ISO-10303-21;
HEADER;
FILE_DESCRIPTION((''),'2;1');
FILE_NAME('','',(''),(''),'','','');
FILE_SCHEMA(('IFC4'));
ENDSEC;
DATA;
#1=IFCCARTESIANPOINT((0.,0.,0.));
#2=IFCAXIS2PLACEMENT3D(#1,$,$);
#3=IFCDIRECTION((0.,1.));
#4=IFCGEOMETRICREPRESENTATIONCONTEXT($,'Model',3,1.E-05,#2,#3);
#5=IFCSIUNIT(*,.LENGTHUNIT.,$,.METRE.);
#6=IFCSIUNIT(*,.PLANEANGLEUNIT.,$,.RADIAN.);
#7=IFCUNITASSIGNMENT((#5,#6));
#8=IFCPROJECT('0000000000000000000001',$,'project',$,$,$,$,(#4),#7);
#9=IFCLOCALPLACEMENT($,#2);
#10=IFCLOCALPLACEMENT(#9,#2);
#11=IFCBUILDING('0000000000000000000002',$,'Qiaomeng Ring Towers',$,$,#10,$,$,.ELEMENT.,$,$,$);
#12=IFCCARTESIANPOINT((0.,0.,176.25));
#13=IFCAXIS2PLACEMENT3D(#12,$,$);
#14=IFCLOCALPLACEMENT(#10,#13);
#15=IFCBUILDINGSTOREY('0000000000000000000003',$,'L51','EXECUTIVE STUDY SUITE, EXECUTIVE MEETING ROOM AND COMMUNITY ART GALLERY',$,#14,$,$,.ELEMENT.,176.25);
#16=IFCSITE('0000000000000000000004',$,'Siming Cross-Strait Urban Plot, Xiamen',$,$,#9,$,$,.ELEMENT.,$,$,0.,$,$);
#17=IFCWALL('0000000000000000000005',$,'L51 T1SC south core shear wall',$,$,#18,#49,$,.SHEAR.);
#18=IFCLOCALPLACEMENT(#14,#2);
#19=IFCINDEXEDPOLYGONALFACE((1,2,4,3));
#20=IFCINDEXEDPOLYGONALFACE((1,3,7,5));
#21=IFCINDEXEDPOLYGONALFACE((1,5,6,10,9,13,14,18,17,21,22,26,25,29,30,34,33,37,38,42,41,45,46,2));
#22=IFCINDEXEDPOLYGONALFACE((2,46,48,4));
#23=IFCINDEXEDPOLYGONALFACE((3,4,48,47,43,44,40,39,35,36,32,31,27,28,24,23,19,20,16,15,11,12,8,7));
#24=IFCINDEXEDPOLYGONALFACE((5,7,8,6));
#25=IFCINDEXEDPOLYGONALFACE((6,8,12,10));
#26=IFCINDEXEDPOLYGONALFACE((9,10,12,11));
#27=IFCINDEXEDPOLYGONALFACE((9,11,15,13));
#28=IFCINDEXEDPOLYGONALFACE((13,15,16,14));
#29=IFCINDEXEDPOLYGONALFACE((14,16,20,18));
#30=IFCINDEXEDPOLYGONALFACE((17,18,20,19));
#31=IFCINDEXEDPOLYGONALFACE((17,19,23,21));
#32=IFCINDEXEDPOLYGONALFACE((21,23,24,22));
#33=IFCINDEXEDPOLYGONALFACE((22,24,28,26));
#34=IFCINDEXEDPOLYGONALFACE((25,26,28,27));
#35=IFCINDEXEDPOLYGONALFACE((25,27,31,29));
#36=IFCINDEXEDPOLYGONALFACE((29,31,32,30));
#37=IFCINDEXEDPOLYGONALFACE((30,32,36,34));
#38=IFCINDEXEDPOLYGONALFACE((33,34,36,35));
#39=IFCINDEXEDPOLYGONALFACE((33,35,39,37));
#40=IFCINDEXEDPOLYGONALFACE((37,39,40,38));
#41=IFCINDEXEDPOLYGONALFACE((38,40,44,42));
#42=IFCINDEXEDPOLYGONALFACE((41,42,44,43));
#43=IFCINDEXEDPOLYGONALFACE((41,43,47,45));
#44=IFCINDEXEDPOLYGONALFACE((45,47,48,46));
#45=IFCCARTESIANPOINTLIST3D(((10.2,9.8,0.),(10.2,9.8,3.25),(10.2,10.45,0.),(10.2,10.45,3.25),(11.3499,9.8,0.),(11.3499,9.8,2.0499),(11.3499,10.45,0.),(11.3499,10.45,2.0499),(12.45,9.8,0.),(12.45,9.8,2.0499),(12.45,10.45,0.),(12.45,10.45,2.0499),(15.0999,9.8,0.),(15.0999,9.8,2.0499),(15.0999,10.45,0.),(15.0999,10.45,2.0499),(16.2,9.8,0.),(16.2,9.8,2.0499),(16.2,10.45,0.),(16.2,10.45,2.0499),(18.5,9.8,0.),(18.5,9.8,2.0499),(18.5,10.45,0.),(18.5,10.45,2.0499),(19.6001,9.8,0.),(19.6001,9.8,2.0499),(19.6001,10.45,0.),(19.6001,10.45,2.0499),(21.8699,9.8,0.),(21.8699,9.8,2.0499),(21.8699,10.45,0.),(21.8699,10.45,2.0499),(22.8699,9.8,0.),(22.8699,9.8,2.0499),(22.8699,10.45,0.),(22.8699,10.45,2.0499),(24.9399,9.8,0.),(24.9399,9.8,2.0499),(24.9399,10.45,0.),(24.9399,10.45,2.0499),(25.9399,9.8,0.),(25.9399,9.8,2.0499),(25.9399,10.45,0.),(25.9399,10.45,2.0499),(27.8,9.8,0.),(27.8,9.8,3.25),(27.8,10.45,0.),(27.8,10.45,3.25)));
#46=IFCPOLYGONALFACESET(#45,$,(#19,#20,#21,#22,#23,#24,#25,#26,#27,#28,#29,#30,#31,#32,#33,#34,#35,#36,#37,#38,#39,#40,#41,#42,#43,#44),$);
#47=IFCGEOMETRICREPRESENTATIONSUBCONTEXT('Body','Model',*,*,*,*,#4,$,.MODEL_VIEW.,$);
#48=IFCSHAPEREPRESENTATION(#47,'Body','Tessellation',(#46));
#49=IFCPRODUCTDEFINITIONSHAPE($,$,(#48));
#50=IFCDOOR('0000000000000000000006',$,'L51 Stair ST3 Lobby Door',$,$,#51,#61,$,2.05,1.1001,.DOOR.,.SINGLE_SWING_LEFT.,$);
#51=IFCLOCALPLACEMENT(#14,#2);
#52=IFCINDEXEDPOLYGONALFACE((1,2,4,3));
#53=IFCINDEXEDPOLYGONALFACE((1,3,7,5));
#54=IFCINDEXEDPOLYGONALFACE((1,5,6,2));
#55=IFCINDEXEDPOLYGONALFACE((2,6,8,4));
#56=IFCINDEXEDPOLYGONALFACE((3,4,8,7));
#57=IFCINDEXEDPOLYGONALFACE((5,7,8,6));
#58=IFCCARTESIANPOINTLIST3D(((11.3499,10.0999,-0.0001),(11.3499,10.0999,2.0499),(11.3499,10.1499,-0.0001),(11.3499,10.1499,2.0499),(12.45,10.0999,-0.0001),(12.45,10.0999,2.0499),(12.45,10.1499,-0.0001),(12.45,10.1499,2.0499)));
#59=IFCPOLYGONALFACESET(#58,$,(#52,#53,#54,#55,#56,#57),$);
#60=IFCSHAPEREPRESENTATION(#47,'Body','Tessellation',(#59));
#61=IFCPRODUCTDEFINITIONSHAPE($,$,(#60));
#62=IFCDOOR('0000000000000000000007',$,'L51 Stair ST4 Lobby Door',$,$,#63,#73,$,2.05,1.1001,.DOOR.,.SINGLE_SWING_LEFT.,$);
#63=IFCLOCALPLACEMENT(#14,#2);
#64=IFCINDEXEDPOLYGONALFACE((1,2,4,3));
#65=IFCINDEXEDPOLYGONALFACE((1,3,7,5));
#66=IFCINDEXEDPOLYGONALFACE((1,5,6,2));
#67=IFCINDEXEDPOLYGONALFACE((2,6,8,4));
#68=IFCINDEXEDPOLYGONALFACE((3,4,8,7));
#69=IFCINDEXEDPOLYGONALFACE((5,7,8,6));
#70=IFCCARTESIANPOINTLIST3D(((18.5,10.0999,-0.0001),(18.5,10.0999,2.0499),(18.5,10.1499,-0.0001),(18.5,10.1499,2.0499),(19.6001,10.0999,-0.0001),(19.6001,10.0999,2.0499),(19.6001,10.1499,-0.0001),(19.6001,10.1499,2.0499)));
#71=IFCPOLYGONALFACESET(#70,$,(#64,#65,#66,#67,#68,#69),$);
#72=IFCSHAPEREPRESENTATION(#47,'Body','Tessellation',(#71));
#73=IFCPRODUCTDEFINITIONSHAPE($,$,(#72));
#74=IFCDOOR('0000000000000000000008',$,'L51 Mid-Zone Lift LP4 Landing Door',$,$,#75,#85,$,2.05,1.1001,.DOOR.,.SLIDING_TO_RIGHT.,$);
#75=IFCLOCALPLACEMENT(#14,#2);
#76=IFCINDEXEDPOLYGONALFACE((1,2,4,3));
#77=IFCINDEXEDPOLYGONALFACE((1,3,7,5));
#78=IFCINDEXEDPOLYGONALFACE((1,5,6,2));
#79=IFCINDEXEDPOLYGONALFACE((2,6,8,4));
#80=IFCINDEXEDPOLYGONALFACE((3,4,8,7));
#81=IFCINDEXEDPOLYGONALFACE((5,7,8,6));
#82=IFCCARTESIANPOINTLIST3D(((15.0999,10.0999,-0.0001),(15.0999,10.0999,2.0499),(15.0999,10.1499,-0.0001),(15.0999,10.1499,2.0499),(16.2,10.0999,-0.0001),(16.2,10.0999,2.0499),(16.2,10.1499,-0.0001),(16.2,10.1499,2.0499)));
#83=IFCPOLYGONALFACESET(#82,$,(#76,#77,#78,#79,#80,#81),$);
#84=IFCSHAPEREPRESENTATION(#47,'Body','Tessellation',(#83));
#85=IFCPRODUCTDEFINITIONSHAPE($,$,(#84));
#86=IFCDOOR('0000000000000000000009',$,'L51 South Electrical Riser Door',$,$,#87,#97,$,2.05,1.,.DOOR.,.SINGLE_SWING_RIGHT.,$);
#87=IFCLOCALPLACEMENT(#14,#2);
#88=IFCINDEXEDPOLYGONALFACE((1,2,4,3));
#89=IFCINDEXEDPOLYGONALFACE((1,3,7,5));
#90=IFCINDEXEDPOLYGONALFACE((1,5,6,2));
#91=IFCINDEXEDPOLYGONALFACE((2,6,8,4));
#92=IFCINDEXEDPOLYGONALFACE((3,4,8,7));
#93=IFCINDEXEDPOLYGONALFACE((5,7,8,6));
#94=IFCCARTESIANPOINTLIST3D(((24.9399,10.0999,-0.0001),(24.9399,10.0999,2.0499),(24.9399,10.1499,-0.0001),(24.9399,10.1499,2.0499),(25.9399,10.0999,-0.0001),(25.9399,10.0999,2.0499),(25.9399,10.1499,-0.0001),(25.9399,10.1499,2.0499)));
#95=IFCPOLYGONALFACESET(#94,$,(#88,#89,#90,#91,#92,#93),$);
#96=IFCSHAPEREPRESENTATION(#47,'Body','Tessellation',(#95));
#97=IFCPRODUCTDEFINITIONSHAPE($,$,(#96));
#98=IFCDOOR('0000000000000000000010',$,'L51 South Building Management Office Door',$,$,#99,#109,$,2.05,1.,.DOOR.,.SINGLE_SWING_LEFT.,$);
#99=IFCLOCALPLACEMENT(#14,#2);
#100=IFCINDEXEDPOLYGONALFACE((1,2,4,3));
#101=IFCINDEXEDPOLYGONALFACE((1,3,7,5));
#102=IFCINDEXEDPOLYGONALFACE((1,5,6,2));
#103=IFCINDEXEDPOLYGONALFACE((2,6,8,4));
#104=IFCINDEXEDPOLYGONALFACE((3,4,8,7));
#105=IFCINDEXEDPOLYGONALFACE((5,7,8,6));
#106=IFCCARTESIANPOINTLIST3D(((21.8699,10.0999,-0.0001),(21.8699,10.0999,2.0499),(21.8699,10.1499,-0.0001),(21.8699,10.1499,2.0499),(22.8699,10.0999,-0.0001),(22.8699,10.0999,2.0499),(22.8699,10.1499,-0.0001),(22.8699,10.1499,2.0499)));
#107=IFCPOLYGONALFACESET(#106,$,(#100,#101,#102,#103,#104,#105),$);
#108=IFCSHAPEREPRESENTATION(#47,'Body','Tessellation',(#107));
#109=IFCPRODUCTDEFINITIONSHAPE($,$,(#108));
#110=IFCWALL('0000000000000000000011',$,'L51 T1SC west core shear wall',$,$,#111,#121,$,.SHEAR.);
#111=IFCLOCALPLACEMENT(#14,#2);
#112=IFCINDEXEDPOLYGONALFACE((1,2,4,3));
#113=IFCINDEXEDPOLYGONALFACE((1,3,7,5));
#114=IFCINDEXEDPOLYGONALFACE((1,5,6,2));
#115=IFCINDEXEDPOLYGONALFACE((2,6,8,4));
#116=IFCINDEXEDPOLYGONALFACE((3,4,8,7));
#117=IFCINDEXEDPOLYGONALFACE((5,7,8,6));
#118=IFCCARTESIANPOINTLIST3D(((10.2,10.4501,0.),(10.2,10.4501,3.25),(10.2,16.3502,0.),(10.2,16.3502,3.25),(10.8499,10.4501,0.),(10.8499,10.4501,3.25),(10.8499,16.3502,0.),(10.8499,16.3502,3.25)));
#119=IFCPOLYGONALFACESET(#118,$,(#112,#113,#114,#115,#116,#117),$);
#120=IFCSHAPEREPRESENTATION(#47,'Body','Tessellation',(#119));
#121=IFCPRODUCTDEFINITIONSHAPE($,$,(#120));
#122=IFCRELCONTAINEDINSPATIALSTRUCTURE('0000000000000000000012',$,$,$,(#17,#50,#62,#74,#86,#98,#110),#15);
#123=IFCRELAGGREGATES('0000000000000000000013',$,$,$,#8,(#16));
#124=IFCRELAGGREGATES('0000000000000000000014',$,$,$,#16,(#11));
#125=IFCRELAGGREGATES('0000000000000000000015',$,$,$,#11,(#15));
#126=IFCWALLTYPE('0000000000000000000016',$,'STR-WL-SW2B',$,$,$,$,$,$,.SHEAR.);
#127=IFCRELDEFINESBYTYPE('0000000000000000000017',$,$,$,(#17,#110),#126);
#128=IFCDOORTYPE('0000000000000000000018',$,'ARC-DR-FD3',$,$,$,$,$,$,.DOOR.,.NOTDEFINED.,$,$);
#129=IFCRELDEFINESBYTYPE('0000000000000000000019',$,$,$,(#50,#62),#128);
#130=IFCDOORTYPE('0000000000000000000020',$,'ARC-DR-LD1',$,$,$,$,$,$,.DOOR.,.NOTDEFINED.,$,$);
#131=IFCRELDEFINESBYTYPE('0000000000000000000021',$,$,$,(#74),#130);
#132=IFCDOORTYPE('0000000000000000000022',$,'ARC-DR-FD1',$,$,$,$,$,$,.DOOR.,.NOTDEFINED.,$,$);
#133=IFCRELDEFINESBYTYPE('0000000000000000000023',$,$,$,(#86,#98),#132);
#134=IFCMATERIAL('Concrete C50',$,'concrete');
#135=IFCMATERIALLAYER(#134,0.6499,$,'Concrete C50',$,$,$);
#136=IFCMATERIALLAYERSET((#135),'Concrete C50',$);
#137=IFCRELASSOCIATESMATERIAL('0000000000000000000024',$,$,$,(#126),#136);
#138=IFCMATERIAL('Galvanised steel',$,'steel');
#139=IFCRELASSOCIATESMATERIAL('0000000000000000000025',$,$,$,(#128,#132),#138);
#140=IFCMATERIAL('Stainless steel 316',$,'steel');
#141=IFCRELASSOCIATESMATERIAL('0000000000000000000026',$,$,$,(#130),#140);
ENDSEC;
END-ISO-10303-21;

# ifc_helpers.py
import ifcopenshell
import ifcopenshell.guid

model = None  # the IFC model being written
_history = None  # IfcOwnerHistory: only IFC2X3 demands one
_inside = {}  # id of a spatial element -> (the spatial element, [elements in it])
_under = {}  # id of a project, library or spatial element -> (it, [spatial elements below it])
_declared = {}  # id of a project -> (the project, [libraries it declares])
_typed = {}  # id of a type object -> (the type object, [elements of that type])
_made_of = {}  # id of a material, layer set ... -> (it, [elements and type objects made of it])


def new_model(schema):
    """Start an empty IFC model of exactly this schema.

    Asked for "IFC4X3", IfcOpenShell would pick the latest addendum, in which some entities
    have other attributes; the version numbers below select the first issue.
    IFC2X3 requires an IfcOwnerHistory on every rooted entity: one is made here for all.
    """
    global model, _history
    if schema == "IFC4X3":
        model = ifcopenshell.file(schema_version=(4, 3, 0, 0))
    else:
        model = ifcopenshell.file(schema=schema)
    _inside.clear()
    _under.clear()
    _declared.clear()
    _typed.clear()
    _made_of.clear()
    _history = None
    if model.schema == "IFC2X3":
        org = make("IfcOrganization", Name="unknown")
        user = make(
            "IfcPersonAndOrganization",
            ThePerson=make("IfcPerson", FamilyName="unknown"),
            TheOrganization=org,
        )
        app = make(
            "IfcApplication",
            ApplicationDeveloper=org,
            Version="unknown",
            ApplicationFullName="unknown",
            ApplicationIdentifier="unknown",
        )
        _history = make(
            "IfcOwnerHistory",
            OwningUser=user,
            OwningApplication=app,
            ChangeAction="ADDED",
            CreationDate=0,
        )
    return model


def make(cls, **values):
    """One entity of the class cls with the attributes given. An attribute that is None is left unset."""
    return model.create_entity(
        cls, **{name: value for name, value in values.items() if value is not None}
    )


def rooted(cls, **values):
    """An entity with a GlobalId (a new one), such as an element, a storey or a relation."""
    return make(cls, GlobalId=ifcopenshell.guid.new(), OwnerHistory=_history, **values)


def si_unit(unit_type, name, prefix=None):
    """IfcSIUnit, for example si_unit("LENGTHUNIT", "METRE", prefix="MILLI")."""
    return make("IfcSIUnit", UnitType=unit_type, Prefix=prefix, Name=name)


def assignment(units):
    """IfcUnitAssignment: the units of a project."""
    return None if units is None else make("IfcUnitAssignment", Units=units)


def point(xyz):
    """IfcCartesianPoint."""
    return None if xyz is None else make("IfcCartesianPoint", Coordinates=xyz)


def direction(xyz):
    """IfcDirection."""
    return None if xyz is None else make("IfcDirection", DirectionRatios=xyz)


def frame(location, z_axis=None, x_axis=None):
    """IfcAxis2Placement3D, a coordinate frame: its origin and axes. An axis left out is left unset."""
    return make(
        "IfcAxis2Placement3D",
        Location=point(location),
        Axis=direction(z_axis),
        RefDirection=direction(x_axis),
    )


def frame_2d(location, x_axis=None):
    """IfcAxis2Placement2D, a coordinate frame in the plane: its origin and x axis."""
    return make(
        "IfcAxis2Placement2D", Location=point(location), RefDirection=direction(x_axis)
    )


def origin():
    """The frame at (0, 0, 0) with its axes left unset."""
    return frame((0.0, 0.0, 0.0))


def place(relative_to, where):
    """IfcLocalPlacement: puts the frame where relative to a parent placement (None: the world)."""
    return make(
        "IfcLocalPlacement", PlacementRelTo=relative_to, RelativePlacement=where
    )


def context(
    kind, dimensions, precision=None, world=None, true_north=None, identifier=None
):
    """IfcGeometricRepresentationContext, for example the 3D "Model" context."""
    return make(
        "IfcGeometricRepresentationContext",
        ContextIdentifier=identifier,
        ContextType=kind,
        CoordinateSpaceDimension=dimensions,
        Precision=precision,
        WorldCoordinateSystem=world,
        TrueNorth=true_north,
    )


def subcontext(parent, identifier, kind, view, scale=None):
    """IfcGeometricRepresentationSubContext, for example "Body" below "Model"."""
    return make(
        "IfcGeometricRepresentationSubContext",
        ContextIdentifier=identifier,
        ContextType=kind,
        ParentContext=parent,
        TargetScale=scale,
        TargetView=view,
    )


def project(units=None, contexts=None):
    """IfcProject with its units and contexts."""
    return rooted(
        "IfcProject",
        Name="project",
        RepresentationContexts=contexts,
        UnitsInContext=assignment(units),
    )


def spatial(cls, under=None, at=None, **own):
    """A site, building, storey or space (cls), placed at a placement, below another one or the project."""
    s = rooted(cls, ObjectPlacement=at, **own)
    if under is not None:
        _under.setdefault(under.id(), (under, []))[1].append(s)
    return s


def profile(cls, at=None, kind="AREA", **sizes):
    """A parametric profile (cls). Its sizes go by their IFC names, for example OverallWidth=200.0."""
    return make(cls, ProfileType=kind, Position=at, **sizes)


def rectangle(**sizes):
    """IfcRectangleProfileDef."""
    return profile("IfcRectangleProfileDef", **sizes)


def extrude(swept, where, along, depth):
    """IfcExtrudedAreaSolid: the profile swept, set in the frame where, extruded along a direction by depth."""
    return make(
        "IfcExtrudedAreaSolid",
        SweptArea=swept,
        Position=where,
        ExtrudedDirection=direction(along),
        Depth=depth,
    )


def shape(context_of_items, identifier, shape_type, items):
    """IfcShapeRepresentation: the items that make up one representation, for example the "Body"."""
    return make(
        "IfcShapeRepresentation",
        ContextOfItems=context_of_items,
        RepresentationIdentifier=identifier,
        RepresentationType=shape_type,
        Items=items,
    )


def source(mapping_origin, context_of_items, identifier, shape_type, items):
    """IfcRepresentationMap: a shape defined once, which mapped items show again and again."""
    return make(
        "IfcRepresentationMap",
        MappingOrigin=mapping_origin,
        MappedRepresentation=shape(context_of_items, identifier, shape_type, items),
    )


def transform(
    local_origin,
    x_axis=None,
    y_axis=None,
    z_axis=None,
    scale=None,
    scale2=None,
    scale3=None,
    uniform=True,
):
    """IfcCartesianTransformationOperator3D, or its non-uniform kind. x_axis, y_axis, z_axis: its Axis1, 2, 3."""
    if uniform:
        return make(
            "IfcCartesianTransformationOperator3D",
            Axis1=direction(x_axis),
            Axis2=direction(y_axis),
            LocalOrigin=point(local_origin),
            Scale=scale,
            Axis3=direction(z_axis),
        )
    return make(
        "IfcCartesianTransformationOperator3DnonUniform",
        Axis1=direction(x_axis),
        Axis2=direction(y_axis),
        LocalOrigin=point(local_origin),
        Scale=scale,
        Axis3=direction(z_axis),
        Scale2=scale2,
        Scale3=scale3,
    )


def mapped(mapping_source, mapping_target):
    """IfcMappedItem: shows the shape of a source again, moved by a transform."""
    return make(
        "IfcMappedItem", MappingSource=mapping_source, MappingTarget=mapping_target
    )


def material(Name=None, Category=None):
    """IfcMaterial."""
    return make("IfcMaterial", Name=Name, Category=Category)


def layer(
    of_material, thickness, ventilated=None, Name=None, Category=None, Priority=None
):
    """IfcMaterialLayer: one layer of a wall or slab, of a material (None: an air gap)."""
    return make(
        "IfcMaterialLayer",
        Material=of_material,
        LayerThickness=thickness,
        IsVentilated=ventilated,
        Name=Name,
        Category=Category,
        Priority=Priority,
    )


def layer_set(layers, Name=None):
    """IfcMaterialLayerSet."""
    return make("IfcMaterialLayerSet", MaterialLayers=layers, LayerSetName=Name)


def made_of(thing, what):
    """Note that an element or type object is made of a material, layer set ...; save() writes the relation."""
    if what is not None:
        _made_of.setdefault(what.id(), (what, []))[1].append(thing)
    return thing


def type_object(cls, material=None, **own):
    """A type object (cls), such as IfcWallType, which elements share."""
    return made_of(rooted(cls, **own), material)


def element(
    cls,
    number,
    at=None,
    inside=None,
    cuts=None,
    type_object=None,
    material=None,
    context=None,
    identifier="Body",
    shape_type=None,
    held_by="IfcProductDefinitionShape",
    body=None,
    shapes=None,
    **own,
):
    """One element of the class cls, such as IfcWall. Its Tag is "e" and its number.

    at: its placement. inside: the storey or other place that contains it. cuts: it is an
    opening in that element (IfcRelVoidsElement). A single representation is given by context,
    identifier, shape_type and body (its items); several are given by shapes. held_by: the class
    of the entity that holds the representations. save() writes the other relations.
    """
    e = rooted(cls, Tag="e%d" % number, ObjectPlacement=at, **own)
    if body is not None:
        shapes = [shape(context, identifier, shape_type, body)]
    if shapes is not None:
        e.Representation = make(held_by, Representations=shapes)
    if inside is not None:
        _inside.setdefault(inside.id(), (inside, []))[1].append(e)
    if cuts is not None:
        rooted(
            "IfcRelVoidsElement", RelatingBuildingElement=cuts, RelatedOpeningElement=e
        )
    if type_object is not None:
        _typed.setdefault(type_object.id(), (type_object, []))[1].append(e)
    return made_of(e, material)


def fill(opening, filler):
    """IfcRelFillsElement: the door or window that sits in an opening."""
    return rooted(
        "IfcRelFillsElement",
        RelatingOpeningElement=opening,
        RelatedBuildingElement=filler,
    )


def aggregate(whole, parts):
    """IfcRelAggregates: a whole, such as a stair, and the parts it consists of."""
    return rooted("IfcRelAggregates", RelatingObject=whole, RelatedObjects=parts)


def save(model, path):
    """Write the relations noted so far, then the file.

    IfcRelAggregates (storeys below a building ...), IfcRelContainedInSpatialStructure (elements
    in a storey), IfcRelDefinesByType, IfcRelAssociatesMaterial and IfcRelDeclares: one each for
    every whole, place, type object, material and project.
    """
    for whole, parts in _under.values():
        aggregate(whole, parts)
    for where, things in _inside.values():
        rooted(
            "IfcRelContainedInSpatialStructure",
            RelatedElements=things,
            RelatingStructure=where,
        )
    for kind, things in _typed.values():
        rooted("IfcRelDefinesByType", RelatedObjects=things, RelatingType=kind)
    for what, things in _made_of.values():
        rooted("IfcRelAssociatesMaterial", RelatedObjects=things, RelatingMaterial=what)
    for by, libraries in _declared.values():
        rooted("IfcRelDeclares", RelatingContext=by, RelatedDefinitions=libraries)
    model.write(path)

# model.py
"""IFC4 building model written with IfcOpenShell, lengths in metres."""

from ifc_helpers import new_model, si_unit, direction, frame, frame_2d, origin, place, context, subcontext, project, spatial, rectangle, extrude, source, transform, mapped, material, layer, layer_set, type_object, element, fill, save


model = new_model("IFC4")

# Units and contexts
model_context = context("Model", 3, precision=1e-05, world=origin(), true_north=direction((0.0, 1.0)))
body_context = subcontext(model_context, "Body", "Model", "MODEL_VIEW")
ifc_project = project(units=[si_unit("LENGTHUNIT", "METRE"), si_unit("PLANEANGLEUNIT", "RADIAN")], contexts=[model_context])

# Site, building, storey
site_placement = place(None, origin())
site = spatial("IfcSite", under=ifc_project, at=site_placement, Name="Siming Cross-Strait Urban Plot, Xiamen", CompositionType="ELEMENT", RefElevation=0.0)
building_placement = place(site_placement, origin())
building = spatial("IfcBuilding", under=site, at=building_placement, Name="Qiaomeng Ring Towers", CompositionType="ELEMENT")
storey_placement = place(building_placement, frame((0.0, 0.0, 176.25)))
storey = spatial("IfcBuildingStorey", under=building, at=storey_placement, Name="L51", Description="EXECUTIVE STUDY SUITE, EXECUTIVE MEETING ROOM AND COMMUNITY ART GALLERY", CompositionType="ELEMENT", Elevation=176.25)

# Shared definitions
shared_shape_1 = source(origin(), body_context, "Body", "SweptSolid", [
    extrude(rectangle(XDim=1.0, YDim=2.05, at=frame_2d((0.5, 1.0249))), frame((0.0, 0.0249, 0.0), z_axis=(0.0, -1.0, 0.0), x_axis=(1.0, 0.0, 0.0)), (0.0, 0.0, 1.0), 0.05),
])

# Wall, openings, doors
ifc_material_1 = material(Name="Concrete C50", Category="concrete")
ifc_layer_1 = layer(ifc_material_1, 0.6499, Name="Concrete C50")
ifc_layer_set_1 = layer_set([ifc_layer_1], Name="Concrete C50")
wall_type_1 = type_object("IfcWallType", Name="STR-WL-SW2B", PredefinedType="SHEAR", material=ifc_layer_set_1)
wall_1_placement = place(storey_placement, frame((10.2, 10.125, 0.0), z_axis=(0.0, 0.0, 1.0), x_axis=(1.0, 0.0, 0.0)))
wall_1 = element("IfcWall", 1, at=wall_1_placement, inside=storey, type_object=wall_type_1, Name="L51 T1SC south core shear wall", PredefinedType="SHEAR", context=body_context, shape_type="SweptSolid", body=[
    extrude(rectangle(XDim=17.6001, YDim=0.6499, at=frame_2d((8.8, 0.0))), origin(), (0.0, 0.0, 1.0), 3.25),
])
opening_1_placement = place(wall_1_placement, frame((1.1499, 0.0, 0.0)))
opening_1 = element("IfcOpeningElement", 2, at=opening_1_placement, cuts=wall_1, PredefinedType="OPENING", context=body_context, shape_type="SweptSolid", body=[
    extrude(rectangle(XDim=1.1001, YDim=2.05, at=frame_2d((0.55, 1.0249))), frame((0.0, 0.335, 0.0), z_axis=(0.0, -1.0, 0.0), x_axis=(1.0, 0.0, 0.0)), (0.0, 0.0, 1.0), 0.6699),
])
opening_2_placement = place(wall_1_placement, frame((8.3, 0.0, 0.0)))
opening_2 = element("IfcOpeningElement", 3, at=opening_2_placement, cuts=wall_1, PredefinedType="OPENING", context=body_context, shape_type="SweptSolid", body=[
    extrude(rectangle(XDim=1.1001, YDim=2.05, at=frame_2d((0.55, 1.0249))), frame((0.0, 0.335, 0.0), z_axis=(0.0, -1.0, 0.0), x_axis=(1.0, 0.0, 0.0)), (0.0, 0.0, 1.0), 0.6699),
])
opening_3_placement = place(wall_1_placement, frame((4.8999, 0.0, 0.0)))
opening_3 = element("IfcOpeningElement", 4, at=opening_3_placement, cuts=wall_1, PredefinedType="OPENING", context=body_context, shape_type="SweptSolid", body=[
    extrude(rectangle(XDim=1.1001, YDim=2.05, at=frame_2d((0.55, 1.0249))), frame((0.0, 0.335, 0.0), z_axis=(0.0, -1.0, 0.0), x_axis=(1.0, 0.0, 0.0)), (0.0, 0.0, 1.0), 0.6699),
])
opening_4_placement = place(wall_1_placement, frame((14.74, 0.0, 0.0)))
opening_4 = element("IfcOpeningElement", 5, at=opening_4_placement, cuts=wall_1, PredefinedType="OPENING", context=body_context, shape_type="SweptSolid", body=[
    extrude(rectangle(XDim=1.0, YDim=2.05, at=frame_2d((0.5, 1.0249))), frame((0.0, 0.335, 0.0), z_axis=(0.0, -1.0, 0.0), x_axis=(1.0, 0.0, 0.0)), (0.0, 0.0, 1.0), 0.6699),
])
opening_5_placement = place(wall_1_placement, frame((11.6699, 0.0, 0.0)))
opening_5 = element("IfcOpeningElement", 6, at=opening_5_placement, cuts=wall_1, PredefinedType="OPENING", context=body_context, shape_type="SweptSolid", body=[
    extrude(rectangle(XDim=1.0, YDim=2.05, at=frame_2d((0.5, 1.0249))), frame((0.0, 0.335, 0.0), z_axis=(0.0, -1.0, 0.0), x_axis=(1.0, 0.0, 0.0)), (0.0, 0.0, 1.0), 0.6699),
])
ifc_material_2 = material(Name="Galvanised steel", Category="steel")
door_type_1 = type_object("IfcDoorType", Name="ARC-DR-FD3", OperationType="NOTDEFINED", PredefinedType="DOOR", material=ifc_material_2)
shared_shape_2 = source(origin(), body_context, "Body", "SweptSolid", [
    extrude(rectangle(XDim=1.1001, YDim=2.05, at=frame_2d((0.55, 1.0249))), frame((0.0, 0.0249, 0.0), z_axis=(0.0, -1.0, 0.0), x_axis=(1.0, 0.0, 0.0)), (0.0, 0.0, 1.0), 0.05),
])
door_1_placement = place(opening_1_placement, origin())
door_1 = element("IfcDoor", 7, at=door_1_placement, inside=storey, type_object=door_type_1, Name="L51 Stair ST3 Lobby Door", OperationType="SINGLE_SWING_LEFT", OverallHeight=2.05, OverallWidth=1.1001, PredefinedType="DOOR", context=body_context, shape_type="MappedRepresentation", body=[
    mapped(shared_shape_2, transform((0.0, 0.0, 0.0), x_axis=(1.0, 0.0, 0.0), y_axis=(0.0, 1.0, 0.0), z_axis=(0.0, 0.0, 1.0), scale=1.0)),
])
fill(opening_1, door_1)
door_2_placement = place(opening_2_placement, origin())
door_2 = element("IfcDoor", 8, at=door_2_placement, inside=storey, type_object=door_type_1, Name="L51 Stair ST4 Lobby Door", OperationType="SINGLE_SWING_LEFT", OverallHeight=2.05, OverallWidth=1.1001, PredefinedType="DOOR", context=body_context, shape_type="MappedRepresentation", body=[
    mapped(shared_shape_2, transform((0.0, 0.0, 0.0), x_axis=(1.0, 0.0, 0.0), y_axis=(0.0, 1.0, 0.0), z_axis=(0.0, 0.0, 1.0), scale=1.0)),
])
fill(opening_2, door_2)
ifc_material_3 = material(Name="Stainless steel 316", Category="steel")
door_type_2 = type_object("IfcDoorType", Name="ARC-DR-LD1", OperationType="NOTDEFINED", PredefinedType="DOOR", material=ifc_material_3)
door_3_placement = place(opening_3_placement, origin())
door_3 = element("IfcDoor", 9, at=door_3_placement, inside=storey, type_object=door_type_2, Name="L51 Mid-Zone Lift LP4 Landing Door", OperationType="SLIDING_TO_RIGHT", OverallHeight=2.05, OverallWidth=1.1001, PredefinedType="DOOR", context=body_context, shape_type="MappedRepresentation", body=[
    mapped(shared_shape_2, transform((0.0, 0.0, 0.0), x_axis=(1.0, 0.0, 0.0), y_axis=(0.0, 1.0, 0.0), z_axis=(0.0, 0.0, 1.0), scale=1.0)),
])
fill(opening_3, door_3)
door_type_3 = type_object("IfcDoorType", Name="ARC-DR-FD1", OperationType="NOTDEFINED", PredefinedType="DOOR", material=ifc_material_2)
door_4_placement = place(opening_4_placement, origin())
door_4 = element("IfcDoor", 10, at=door_4_placement, inside=storey, type_object=door_type_3, Name="L51 South Electrical Riser Door", OperationType="SINGLE_SWING_RIGHT", OverallHeight=2.05, OverallWidth=1.0, PredefinedType="DOOR", context=body_context, shape_type="MappedRepresentation", body=[
    mapped(shared_shape_1, transform((0.0, 0.0, 0.0), x_axis=(1.0, 0.0, 0.0), y_axis=(0.0, 1.0, 0.0), z_axis=(0.0, 0.0, 1.0), scale=1.0)),
])
fill(opening_4, door_4)
door_5_placement = place(opening_5_placement, origin())
door_5 = element("IfcDoor", 11, at=door_5_placement, inside=storey, type_object=door_type_3, Name="L51 South Building Management Office Door", OperationType="SINGLE_SWING_LEFT", OverallHeight=2.05, OverallWidth=1.0, PredefinedType="DOOR", context=body_context, shape_type="MappedRepresentation", body=[
    mapped(shared_shape_1, transform((0.0, 0.0, 0.0), x_axis=(1.0, 0.0, 0.0), y_axis=(0.0, 1.0, 0.0), z_axis=(0.0, 0.0, 1.0), scale=1.0)),
])
fill(opening_5, door_5)

# Wall
wall_2_placement = place(storey_placement, frame((10.5249, 10.45, 0.0), z_axis=(0.0, 0.0, 1.0), x_axis=(0.0, 1.0, 0.0)))
element("IfcWall", 12, at=wall_2_placement, inside=storey, type_object=wall_type_1, Name="L51 T1SC west core shear wall", PredefinedType="SHEAR", context=body_context, shape_type="SweptSolid", body=[
    extrude(rectangle(XDim=5.9001, YDim=0.6499, at=frame_2d((2.9502, 0.0))), origin(), (0.0, 0.0, 1.0), 3.25),
])

save(model, "model.ifc")
